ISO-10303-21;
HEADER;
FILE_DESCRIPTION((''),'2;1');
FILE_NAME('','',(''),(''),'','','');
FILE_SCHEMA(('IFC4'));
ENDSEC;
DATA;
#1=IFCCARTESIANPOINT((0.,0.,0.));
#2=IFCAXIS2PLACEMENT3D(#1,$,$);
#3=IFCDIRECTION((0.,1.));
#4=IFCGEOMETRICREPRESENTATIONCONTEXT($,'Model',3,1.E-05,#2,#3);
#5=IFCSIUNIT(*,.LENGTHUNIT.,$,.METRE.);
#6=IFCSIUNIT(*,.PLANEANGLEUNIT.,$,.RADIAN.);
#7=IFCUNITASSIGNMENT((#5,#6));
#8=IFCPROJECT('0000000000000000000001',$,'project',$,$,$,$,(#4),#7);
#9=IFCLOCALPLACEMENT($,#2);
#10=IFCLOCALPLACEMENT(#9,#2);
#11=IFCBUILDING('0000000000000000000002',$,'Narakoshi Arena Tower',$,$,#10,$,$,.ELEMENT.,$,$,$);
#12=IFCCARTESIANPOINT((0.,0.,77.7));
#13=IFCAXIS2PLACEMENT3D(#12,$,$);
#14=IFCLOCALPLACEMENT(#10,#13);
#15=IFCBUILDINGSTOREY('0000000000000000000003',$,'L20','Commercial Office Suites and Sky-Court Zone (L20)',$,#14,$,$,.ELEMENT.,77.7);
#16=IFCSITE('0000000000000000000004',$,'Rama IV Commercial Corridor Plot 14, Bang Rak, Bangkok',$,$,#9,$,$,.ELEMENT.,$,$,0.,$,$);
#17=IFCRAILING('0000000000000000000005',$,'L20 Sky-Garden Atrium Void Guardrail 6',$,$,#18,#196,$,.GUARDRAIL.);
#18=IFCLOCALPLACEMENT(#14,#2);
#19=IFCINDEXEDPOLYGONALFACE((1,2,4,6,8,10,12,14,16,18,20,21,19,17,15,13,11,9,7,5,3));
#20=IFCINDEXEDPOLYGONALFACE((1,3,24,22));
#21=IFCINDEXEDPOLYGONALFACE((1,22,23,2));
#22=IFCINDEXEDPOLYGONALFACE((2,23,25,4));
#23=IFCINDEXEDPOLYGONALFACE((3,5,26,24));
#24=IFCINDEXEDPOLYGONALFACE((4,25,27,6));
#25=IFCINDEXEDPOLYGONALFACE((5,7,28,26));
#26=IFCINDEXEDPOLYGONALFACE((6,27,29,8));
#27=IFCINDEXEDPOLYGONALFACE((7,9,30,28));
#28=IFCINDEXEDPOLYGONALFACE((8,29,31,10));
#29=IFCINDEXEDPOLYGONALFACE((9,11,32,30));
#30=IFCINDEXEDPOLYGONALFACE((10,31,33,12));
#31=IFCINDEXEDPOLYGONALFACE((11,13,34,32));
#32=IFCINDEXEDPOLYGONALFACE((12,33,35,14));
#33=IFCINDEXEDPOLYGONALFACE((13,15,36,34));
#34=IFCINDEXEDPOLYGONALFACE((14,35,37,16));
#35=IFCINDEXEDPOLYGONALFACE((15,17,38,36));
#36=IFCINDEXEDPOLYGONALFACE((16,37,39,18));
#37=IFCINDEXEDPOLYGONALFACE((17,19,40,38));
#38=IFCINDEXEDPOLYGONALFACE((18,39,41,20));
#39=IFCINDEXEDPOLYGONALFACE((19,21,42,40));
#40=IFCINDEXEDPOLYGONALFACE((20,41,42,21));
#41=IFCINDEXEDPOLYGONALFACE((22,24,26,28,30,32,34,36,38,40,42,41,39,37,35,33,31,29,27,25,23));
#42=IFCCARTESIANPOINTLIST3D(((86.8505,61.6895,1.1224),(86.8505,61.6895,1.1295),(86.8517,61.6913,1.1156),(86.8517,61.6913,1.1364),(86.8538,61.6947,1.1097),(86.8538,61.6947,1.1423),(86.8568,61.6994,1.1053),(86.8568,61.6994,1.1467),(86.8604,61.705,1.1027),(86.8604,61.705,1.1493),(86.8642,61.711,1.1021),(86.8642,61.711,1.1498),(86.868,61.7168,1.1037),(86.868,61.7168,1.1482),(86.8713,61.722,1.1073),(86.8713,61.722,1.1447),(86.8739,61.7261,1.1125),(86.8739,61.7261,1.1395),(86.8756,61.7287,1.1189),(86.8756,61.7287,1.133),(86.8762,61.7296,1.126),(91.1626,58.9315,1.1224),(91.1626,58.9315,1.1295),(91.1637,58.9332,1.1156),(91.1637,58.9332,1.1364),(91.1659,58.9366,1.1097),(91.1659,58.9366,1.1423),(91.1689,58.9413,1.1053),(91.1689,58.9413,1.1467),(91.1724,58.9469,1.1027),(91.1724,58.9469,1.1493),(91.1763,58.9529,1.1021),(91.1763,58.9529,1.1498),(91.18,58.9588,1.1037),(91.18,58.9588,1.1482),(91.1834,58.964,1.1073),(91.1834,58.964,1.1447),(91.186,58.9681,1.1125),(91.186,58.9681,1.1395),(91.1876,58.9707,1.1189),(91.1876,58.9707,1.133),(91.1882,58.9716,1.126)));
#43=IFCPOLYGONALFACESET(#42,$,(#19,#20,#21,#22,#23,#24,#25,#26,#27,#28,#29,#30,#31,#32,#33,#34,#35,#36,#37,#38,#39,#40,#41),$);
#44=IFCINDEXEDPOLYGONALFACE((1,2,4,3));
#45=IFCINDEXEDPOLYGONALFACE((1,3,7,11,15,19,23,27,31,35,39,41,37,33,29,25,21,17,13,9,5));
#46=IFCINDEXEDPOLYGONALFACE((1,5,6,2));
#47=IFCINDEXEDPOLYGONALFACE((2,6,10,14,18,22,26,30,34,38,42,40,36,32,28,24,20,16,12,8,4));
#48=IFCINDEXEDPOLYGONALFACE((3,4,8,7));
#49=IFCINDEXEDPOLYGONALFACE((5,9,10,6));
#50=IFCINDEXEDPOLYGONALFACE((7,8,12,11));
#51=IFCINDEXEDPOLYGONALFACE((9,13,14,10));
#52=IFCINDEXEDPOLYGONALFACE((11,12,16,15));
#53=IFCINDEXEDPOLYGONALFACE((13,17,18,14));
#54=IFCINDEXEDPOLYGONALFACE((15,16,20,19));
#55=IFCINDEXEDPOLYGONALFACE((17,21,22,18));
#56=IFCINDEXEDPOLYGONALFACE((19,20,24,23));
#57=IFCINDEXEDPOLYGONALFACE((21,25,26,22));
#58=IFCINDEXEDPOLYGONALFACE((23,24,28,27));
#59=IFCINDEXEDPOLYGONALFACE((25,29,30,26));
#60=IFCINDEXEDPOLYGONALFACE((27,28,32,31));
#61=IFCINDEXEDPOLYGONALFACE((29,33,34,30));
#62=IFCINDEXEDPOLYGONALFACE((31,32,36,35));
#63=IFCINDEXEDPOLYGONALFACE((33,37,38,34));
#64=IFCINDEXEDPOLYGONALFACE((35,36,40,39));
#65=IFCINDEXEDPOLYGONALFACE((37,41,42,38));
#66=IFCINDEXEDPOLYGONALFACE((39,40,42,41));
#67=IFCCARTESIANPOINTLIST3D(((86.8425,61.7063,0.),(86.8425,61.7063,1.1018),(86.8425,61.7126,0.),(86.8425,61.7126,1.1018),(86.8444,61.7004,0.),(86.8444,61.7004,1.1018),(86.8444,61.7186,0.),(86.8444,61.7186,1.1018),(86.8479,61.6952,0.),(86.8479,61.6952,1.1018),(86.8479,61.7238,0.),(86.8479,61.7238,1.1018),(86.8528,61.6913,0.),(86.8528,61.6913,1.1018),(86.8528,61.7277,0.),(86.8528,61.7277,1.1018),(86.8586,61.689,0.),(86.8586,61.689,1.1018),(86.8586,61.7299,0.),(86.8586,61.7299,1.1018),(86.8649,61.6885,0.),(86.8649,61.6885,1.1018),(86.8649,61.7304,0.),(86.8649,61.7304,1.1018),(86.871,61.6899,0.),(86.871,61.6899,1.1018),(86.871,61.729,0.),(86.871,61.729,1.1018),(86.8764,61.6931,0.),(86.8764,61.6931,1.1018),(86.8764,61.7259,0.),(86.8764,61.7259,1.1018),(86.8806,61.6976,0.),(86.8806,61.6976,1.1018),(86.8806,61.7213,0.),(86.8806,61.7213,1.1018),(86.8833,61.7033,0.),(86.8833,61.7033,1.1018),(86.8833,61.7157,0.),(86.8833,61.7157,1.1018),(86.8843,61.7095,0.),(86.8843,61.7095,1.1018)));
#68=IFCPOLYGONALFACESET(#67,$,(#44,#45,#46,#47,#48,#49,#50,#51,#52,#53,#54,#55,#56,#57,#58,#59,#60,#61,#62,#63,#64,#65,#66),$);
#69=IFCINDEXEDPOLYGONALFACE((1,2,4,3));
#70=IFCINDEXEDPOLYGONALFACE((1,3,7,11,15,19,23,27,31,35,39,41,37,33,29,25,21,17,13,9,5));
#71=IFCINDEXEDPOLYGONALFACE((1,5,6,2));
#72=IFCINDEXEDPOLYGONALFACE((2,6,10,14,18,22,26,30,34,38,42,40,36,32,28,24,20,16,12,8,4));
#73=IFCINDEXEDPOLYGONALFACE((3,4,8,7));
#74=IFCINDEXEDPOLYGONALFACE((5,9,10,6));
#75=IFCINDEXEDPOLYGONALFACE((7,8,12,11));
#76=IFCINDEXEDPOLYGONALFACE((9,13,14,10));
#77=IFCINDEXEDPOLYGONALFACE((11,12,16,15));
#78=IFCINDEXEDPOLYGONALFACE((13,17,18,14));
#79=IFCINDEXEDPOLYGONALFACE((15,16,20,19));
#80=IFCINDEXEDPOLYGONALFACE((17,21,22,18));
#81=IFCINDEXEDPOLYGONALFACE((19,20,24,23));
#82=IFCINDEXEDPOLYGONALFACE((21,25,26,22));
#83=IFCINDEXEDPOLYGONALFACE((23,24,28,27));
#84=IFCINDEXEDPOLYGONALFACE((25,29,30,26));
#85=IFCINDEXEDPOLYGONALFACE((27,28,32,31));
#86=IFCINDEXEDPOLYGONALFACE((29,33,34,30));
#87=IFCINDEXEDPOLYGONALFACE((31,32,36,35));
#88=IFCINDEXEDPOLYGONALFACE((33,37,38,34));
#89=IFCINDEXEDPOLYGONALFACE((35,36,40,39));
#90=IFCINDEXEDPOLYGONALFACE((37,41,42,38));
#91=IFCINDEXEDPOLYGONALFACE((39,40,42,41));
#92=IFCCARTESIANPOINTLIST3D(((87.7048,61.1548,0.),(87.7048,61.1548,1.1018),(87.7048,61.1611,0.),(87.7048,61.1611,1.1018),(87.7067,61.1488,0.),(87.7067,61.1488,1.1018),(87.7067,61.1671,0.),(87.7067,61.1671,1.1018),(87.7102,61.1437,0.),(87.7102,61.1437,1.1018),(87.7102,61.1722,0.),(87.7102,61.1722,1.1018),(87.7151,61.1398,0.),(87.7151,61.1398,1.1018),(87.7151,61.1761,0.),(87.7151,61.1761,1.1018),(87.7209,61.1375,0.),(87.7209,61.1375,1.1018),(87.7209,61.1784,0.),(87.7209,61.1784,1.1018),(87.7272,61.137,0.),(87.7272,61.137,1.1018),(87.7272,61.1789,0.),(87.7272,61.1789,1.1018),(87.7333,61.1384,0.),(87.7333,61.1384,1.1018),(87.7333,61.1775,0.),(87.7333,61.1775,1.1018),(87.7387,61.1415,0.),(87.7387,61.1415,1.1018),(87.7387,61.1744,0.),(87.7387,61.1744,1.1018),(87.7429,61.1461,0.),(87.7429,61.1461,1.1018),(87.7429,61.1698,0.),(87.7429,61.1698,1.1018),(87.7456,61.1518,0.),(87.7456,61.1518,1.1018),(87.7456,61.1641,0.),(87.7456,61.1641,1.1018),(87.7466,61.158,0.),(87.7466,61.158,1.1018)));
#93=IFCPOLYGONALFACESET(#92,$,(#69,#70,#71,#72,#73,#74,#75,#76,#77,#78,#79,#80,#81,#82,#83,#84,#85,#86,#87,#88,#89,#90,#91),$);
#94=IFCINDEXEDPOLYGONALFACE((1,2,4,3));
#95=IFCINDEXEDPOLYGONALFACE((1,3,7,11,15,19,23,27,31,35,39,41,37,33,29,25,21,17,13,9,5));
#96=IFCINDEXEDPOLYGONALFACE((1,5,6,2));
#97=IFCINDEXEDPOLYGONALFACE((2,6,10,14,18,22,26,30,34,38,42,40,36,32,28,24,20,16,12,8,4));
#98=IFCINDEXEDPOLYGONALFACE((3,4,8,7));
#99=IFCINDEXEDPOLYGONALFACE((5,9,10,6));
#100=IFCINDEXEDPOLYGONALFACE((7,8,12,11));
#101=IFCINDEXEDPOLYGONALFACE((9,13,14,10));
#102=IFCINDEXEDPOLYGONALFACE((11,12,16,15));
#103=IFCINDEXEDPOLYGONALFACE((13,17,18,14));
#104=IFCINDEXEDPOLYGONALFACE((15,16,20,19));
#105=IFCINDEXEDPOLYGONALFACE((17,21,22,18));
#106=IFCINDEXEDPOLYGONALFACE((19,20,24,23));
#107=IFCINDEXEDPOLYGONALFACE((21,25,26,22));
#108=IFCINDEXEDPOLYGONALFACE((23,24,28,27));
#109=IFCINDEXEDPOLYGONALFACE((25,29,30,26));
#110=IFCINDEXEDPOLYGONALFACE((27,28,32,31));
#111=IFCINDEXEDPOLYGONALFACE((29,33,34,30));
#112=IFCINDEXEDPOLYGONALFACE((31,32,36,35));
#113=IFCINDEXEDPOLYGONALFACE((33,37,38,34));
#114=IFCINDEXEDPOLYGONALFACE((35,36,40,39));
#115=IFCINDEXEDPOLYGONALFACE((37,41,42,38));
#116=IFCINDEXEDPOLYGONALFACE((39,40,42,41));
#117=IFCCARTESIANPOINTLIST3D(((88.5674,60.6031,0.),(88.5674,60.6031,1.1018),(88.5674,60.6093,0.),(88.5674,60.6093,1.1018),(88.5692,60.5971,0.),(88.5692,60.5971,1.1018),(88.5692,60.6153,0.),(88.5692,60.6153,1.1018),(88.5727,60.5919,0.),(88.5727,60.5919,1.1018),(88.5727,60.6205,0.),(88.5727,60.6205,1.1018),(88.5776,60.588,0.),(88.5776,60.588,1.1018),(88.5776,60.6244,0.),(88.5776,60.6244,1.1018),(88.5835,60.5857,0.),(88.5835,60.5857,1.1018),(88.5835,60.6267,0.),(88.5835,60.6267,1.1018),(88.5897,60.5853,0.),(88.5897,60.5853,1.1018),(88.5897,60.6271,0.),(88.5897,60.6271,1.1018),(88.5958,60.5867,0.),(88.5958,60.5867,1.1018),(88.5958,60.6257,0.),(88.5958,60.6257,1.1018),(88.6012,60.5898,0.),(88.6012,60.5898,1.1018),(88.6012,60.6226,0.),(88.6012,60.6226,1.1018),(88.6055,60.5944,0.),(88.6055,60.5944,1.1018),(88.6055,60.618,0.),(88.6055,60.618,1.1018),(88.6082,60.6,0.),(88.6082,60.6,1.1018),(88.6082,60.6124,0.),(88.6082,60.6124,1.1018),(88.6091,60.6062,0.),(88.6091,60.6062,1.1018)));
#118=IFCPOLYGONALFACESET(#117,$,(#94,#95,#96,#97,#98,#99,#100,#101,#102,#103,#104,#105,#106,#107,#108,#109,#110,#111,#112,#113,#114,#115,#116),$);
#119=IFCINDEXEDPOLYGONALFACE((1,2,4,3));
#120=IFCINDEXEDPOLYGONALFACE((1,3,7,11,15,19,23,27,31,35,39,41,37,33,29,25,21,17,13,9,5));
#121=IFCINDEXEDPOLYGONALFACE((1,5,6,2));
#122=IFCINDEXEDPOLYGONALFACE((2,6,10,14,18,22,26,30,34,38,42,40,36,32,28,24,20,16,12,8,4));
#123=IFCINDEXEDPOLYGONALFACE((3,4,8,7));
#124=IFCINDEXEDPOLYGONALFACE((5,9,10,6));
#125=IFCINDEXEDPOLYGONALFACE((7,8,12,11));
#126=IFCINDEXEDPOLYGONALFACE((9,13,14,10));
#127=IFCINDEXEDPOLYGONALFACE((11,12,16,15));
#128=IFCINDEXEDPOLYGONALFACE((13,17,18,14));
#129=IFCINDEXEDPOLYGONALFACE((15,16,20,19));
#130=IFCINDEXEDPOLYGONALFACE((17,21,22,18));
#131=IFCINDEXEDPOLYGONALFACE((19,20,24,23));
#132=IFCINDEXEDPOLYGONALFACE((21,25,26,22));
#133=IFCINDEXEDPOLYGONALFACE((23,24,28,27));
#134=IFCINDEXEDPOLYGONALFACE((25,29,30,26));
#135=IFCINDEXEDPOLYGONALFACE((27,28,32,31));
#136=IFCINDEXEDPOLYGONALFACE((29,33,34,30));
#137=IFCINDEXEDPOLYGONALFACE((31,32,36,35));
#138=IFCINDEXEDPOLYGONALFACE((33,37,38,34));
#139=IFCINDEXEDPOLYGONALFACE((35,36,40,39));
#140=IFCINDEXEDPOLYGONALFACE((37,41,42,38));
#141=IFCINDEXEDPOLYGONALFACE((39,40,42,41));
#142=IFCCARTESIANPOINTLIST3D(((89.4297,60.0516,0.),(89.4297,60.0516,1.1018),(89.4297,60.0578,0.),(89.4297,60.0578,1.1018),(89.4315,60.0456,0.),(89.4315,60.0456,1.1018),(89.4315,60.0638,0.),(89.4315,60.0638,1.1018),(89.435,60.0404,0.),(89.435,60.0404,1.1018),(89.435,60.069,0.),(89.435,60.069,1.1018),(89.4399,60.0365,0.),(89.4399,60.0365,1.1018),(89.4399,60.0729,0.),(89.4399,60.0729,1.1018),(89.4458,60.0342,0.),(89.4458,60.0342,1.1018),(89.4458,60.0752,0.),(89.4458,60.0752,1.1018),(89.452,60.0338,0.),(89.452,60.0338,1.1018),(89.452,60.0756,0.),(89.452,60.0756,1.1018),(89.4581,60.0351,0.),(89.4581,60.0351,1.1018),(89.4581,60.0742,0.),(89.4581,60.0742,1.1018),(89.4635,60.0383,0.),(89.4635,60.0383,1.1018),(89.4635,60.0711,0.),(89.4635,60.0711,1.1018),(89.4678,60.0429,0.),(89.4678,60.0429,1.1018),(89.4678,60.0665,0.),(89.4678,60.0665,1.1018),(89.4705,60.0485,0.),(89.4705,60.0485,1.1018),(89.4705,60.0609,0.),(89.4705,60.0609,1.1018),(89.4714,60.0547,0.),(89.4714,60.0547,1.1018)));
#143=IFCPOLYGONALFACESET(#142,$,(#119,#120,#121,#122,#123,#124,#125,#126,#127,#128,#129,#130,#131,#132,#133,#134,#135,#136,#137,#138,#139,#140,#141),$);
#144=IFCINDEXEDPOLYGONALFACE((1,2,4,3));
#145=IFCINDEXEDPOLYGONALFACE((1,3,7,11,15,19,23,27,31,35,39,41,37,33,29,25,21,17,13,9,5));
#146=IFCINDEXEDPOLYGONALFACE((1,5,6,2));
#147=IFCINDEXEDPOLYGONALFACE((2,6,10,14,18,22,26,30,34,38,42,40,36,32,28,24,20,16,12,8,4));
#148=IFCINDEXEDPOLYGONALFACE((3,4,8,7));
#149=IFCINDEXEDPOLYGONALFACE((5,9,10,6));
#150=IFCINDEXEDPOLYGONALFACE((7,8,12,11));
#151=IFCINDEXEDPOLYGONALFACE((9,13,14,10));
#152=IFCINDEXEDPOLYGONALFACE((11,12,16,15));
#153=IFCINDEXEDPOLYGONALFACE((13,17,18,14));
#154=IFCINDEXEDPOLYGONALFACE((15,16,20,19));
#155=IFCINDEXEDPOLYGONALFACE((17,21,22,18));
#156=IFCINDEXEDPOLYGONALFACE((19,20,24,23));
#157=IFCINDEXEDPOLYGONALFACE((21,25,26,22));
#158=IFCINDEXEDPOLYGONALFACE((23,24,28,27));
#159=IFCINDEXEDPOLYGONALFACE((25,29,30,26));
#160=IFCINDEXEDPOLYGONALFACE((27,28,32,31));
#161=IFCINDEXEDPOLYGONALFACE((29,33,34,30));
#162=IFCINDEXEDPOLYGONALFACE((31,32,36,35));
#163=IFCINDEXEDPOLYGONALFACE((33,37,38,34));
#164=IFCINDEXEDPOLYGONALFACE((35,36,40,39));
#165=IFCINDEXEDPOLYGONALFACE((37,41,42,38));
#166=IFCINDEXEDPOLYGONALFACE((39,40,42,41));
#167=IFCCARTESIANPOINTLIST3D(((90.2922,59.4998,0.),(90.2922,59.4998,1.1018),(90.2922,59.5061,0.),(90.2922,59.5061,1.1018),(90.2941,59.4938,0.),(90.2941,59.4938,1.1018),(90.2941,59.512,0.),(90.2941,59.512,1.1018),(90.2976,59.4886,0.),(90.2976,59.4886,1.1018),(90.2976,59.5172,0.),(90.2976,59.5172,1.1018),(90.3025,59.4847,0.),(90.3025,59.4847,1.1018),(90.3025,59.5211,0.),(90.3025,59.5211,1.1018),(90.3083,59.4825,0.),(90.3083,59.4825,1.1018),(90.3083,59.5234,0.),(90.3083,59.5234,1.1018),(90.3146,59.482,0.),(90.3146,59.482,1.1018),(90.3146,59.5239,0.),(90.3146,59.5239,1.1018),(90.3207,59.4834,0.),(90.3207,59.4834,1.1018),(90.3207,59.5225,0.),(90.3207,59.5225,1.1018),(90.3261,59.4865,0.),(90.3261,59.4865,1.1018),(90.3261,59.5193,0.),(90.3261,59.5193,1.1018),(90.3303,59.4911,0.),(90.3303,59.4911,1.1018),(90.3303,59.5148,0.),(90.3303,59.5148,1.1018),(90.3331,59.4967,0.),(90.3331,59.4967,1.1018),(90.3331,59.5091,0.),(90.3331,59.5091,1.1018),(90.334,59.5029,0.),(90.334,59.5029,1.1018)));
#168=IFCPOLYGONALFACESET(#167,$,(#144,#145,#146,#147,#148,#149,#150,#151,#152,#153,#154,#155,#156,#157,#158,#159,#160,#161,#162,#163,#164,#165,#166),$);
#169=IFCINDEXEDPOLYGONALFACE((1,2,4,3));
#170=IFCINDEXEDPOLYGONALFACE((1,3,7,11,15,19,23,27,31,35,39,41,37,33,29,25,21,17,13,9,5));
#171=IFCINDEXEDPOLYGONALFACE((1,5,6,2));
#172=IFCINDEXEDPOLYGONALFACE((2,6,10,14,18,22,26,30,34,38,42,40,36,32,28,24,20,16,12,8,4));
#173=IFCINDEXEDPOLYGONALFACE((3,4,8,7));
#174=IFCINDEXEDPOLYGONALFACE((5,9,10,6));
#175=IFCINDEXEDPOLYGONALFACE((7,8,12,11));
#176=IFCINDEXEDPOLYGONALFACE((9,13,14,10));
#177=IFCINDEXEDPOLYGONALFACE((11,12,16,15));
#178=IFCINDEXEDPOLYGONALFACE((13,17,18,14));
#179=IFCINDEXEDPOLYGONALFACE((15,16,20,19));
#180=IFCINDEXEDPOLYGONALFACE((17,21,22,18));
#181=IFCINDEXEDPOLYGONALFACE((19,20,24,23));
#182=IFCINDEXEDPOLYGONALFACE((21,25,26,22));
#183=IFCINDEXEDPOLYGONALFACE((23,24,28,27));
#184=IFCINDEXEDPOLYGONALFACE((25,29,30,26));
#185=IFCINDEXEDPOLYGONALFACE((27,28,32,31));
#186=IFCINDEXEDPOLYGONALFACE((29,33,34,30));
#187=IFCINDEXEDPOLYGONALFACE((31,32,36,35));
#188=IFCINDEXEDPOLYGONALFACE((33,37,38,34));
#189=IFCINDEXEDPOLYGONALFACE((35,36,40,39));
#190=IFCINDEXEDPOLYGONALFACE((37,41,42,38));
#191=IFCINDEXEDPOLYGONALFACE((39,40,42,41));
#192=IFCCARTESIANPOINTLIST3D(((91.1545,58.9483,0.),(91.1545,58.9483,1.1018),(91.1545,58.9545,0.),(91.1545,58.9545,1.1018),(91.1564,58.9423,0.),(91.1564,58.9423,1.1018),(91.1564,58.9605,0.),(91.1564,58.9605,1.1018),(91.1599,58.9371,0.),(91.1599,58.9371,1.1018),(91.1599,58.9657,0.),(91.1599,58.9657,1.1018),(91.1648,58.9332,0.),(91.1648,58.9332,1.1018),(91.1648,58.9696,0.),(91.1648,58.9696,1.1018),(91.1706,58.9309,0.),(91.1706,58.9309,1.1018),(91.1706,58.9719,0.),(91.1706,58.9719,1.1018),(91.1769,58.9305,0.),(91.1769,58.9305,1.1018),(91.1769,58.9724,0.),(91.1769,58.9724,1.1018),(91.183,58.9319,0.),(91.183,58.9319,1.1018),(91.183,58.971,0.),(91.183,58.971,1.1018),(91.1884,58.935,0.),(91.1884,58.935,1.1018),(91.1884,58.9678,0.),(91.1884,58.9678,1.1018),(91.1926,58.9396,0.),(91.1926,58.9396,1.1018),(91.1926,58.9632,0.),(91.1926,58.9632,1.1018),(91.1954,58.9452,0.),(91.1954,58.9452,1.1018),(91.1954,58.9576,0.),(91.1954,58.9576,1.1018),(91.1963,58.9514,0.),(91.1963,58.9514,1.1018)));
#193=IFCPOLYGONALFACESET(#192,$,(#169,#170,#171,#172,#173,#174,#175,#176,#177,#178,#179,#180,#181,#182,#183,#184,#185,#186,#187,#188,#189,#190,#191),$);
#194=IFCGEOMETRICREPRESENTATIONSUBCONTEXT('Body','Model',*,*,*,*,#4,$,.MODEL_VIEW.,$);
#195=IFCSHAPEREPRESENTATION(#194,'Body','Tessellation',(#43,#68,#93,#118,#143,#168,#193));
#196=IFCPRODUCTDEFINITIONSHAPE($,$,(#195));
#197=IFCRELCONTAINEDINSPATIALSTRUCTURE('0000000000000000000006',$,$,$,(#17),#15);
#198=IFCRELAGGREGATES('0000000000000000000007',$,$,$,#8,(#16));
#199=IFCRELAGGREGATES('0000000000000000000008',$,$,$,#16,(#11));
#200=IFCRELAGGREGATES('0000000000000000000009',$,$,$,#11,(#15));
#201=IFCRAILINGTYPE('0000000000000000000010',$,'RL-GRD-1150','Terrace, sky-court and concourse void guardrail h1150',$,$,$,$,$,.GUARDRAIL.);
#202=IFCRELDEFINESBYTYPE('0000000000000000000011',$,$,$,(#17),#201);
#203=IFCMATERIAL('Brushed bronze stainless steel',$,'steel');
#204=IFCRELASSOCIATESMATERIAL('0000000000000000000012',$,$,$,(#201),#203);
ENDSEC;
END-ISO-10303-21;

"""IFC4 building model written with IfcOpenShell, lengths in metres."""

from ifc_helpers import new_model, si_unit, direction, frame, origin, origin_2d, place, context, subcontext, project, spatial, circle, extrude, material, type_object, element, save


model = new_model("IFC4")

# Units and contexts
model_context = context("Model", 3, precision=1e-05, world=origin(), true_north=direction((0.0, 1.0)))
body_context = subcontext(model_context, "Body", "Model", "MODEL_VIEW")
ifc_project = project(units=[si_unit("LENGTHUNIT", "METRE"), si_unit("PLANEANGLEUNIT", "RADIAN")], contexts=[model_context])

# Site, building, storey
site_placement = place(None, origin())
site = spatial("IfcSite", under=ifc_project, at=site_placement, Name="Rama IV Commercial Corridor Plot 14, Bang Rak, Bangkok", CompositionType="ELEMENT", RefElevation=0.0)
building_placement = place(site_placement, origin())
building = spatial("IfcBuilding", under=site, at=building_placement, Name="Narakoshi Arena Tower", CompositionType="ELEMENT")
storey_placement = place(building_placement, frame((0.0, 0.0, 77.7)))
storey = spatial("IfcBuildingStorey", under=building, at=storey_placement, Name="L20", Description="Commercial Office Suites and Sky-Court Zone (L20)", CompositionType="ELEMENT", Elevation=77.7)

# Railing
ifc_material_1 = material(Name="Brushed bronze stainless steel", Category="steel")
railing_type = type_object("IfcRailingType", Name="RL-GRD-1150", Description="Terrace, sky-court and concourse void guardrail h1150", PredefinedType="GUARDRAIL", material=ifc_material_1)
railing_1_placement = place(storey_placement, frame((86.8633, 61.7095, 0.0)))
element("IfcRailing", 1, at=railing_1_placement, inside=storey, type_object=railing_type, Name="L20 Sky-Garden Atrium Void Guardrail 6", PredefinedType="GUARDRAIL", context=body_context, shape_type="SweptSolid", body=[
    extrude(circle(Radius=0.0239, at=origin_2d()), frame((0.0, 0.0, 1.126), z_axis=(0.842416, -0.538828, 0.0), x_axis=(0.538828, 0.842416, 0.0)), (0.0, 0.0, 1.0), 5.1187),
    extrude(circle(Radius=0.021, at=origin_2d()), origin(), (0.0, 0.0, 1.0), 1.1018),
    extrude(circle(Radius=0.021, at=origin_2d()), frame((0.8623, -0.5515, 0.0)), (0.0, 0.0, 1.0), 1.1018),
    extrude(circle(Radius=0.021, at=origin_2d()), frame((1.7249, -1.1033, 0.0)), (0.0, 0.0, 1.0), 1.1018),
    extrude(circle(Radius=0.021, at=origin_2d()), frame((2.5872, -1.6548, 0.0)), (0.0, 0.0, 1.0), 1.1018),
    extrude(circle(Radius=0.021, at=origin_2d()), frame((3.4497, -2.2065, 0.0)), (0.0, 0.0, 1.0), 1.1018),
    extrude(circle(Radius=0.021, at=origin_2d()), frame((4.312, -2.7581, 0.0)), (0.0, 0.0, 1.0), 1.1018),
])

save(model, "model.ifc")
